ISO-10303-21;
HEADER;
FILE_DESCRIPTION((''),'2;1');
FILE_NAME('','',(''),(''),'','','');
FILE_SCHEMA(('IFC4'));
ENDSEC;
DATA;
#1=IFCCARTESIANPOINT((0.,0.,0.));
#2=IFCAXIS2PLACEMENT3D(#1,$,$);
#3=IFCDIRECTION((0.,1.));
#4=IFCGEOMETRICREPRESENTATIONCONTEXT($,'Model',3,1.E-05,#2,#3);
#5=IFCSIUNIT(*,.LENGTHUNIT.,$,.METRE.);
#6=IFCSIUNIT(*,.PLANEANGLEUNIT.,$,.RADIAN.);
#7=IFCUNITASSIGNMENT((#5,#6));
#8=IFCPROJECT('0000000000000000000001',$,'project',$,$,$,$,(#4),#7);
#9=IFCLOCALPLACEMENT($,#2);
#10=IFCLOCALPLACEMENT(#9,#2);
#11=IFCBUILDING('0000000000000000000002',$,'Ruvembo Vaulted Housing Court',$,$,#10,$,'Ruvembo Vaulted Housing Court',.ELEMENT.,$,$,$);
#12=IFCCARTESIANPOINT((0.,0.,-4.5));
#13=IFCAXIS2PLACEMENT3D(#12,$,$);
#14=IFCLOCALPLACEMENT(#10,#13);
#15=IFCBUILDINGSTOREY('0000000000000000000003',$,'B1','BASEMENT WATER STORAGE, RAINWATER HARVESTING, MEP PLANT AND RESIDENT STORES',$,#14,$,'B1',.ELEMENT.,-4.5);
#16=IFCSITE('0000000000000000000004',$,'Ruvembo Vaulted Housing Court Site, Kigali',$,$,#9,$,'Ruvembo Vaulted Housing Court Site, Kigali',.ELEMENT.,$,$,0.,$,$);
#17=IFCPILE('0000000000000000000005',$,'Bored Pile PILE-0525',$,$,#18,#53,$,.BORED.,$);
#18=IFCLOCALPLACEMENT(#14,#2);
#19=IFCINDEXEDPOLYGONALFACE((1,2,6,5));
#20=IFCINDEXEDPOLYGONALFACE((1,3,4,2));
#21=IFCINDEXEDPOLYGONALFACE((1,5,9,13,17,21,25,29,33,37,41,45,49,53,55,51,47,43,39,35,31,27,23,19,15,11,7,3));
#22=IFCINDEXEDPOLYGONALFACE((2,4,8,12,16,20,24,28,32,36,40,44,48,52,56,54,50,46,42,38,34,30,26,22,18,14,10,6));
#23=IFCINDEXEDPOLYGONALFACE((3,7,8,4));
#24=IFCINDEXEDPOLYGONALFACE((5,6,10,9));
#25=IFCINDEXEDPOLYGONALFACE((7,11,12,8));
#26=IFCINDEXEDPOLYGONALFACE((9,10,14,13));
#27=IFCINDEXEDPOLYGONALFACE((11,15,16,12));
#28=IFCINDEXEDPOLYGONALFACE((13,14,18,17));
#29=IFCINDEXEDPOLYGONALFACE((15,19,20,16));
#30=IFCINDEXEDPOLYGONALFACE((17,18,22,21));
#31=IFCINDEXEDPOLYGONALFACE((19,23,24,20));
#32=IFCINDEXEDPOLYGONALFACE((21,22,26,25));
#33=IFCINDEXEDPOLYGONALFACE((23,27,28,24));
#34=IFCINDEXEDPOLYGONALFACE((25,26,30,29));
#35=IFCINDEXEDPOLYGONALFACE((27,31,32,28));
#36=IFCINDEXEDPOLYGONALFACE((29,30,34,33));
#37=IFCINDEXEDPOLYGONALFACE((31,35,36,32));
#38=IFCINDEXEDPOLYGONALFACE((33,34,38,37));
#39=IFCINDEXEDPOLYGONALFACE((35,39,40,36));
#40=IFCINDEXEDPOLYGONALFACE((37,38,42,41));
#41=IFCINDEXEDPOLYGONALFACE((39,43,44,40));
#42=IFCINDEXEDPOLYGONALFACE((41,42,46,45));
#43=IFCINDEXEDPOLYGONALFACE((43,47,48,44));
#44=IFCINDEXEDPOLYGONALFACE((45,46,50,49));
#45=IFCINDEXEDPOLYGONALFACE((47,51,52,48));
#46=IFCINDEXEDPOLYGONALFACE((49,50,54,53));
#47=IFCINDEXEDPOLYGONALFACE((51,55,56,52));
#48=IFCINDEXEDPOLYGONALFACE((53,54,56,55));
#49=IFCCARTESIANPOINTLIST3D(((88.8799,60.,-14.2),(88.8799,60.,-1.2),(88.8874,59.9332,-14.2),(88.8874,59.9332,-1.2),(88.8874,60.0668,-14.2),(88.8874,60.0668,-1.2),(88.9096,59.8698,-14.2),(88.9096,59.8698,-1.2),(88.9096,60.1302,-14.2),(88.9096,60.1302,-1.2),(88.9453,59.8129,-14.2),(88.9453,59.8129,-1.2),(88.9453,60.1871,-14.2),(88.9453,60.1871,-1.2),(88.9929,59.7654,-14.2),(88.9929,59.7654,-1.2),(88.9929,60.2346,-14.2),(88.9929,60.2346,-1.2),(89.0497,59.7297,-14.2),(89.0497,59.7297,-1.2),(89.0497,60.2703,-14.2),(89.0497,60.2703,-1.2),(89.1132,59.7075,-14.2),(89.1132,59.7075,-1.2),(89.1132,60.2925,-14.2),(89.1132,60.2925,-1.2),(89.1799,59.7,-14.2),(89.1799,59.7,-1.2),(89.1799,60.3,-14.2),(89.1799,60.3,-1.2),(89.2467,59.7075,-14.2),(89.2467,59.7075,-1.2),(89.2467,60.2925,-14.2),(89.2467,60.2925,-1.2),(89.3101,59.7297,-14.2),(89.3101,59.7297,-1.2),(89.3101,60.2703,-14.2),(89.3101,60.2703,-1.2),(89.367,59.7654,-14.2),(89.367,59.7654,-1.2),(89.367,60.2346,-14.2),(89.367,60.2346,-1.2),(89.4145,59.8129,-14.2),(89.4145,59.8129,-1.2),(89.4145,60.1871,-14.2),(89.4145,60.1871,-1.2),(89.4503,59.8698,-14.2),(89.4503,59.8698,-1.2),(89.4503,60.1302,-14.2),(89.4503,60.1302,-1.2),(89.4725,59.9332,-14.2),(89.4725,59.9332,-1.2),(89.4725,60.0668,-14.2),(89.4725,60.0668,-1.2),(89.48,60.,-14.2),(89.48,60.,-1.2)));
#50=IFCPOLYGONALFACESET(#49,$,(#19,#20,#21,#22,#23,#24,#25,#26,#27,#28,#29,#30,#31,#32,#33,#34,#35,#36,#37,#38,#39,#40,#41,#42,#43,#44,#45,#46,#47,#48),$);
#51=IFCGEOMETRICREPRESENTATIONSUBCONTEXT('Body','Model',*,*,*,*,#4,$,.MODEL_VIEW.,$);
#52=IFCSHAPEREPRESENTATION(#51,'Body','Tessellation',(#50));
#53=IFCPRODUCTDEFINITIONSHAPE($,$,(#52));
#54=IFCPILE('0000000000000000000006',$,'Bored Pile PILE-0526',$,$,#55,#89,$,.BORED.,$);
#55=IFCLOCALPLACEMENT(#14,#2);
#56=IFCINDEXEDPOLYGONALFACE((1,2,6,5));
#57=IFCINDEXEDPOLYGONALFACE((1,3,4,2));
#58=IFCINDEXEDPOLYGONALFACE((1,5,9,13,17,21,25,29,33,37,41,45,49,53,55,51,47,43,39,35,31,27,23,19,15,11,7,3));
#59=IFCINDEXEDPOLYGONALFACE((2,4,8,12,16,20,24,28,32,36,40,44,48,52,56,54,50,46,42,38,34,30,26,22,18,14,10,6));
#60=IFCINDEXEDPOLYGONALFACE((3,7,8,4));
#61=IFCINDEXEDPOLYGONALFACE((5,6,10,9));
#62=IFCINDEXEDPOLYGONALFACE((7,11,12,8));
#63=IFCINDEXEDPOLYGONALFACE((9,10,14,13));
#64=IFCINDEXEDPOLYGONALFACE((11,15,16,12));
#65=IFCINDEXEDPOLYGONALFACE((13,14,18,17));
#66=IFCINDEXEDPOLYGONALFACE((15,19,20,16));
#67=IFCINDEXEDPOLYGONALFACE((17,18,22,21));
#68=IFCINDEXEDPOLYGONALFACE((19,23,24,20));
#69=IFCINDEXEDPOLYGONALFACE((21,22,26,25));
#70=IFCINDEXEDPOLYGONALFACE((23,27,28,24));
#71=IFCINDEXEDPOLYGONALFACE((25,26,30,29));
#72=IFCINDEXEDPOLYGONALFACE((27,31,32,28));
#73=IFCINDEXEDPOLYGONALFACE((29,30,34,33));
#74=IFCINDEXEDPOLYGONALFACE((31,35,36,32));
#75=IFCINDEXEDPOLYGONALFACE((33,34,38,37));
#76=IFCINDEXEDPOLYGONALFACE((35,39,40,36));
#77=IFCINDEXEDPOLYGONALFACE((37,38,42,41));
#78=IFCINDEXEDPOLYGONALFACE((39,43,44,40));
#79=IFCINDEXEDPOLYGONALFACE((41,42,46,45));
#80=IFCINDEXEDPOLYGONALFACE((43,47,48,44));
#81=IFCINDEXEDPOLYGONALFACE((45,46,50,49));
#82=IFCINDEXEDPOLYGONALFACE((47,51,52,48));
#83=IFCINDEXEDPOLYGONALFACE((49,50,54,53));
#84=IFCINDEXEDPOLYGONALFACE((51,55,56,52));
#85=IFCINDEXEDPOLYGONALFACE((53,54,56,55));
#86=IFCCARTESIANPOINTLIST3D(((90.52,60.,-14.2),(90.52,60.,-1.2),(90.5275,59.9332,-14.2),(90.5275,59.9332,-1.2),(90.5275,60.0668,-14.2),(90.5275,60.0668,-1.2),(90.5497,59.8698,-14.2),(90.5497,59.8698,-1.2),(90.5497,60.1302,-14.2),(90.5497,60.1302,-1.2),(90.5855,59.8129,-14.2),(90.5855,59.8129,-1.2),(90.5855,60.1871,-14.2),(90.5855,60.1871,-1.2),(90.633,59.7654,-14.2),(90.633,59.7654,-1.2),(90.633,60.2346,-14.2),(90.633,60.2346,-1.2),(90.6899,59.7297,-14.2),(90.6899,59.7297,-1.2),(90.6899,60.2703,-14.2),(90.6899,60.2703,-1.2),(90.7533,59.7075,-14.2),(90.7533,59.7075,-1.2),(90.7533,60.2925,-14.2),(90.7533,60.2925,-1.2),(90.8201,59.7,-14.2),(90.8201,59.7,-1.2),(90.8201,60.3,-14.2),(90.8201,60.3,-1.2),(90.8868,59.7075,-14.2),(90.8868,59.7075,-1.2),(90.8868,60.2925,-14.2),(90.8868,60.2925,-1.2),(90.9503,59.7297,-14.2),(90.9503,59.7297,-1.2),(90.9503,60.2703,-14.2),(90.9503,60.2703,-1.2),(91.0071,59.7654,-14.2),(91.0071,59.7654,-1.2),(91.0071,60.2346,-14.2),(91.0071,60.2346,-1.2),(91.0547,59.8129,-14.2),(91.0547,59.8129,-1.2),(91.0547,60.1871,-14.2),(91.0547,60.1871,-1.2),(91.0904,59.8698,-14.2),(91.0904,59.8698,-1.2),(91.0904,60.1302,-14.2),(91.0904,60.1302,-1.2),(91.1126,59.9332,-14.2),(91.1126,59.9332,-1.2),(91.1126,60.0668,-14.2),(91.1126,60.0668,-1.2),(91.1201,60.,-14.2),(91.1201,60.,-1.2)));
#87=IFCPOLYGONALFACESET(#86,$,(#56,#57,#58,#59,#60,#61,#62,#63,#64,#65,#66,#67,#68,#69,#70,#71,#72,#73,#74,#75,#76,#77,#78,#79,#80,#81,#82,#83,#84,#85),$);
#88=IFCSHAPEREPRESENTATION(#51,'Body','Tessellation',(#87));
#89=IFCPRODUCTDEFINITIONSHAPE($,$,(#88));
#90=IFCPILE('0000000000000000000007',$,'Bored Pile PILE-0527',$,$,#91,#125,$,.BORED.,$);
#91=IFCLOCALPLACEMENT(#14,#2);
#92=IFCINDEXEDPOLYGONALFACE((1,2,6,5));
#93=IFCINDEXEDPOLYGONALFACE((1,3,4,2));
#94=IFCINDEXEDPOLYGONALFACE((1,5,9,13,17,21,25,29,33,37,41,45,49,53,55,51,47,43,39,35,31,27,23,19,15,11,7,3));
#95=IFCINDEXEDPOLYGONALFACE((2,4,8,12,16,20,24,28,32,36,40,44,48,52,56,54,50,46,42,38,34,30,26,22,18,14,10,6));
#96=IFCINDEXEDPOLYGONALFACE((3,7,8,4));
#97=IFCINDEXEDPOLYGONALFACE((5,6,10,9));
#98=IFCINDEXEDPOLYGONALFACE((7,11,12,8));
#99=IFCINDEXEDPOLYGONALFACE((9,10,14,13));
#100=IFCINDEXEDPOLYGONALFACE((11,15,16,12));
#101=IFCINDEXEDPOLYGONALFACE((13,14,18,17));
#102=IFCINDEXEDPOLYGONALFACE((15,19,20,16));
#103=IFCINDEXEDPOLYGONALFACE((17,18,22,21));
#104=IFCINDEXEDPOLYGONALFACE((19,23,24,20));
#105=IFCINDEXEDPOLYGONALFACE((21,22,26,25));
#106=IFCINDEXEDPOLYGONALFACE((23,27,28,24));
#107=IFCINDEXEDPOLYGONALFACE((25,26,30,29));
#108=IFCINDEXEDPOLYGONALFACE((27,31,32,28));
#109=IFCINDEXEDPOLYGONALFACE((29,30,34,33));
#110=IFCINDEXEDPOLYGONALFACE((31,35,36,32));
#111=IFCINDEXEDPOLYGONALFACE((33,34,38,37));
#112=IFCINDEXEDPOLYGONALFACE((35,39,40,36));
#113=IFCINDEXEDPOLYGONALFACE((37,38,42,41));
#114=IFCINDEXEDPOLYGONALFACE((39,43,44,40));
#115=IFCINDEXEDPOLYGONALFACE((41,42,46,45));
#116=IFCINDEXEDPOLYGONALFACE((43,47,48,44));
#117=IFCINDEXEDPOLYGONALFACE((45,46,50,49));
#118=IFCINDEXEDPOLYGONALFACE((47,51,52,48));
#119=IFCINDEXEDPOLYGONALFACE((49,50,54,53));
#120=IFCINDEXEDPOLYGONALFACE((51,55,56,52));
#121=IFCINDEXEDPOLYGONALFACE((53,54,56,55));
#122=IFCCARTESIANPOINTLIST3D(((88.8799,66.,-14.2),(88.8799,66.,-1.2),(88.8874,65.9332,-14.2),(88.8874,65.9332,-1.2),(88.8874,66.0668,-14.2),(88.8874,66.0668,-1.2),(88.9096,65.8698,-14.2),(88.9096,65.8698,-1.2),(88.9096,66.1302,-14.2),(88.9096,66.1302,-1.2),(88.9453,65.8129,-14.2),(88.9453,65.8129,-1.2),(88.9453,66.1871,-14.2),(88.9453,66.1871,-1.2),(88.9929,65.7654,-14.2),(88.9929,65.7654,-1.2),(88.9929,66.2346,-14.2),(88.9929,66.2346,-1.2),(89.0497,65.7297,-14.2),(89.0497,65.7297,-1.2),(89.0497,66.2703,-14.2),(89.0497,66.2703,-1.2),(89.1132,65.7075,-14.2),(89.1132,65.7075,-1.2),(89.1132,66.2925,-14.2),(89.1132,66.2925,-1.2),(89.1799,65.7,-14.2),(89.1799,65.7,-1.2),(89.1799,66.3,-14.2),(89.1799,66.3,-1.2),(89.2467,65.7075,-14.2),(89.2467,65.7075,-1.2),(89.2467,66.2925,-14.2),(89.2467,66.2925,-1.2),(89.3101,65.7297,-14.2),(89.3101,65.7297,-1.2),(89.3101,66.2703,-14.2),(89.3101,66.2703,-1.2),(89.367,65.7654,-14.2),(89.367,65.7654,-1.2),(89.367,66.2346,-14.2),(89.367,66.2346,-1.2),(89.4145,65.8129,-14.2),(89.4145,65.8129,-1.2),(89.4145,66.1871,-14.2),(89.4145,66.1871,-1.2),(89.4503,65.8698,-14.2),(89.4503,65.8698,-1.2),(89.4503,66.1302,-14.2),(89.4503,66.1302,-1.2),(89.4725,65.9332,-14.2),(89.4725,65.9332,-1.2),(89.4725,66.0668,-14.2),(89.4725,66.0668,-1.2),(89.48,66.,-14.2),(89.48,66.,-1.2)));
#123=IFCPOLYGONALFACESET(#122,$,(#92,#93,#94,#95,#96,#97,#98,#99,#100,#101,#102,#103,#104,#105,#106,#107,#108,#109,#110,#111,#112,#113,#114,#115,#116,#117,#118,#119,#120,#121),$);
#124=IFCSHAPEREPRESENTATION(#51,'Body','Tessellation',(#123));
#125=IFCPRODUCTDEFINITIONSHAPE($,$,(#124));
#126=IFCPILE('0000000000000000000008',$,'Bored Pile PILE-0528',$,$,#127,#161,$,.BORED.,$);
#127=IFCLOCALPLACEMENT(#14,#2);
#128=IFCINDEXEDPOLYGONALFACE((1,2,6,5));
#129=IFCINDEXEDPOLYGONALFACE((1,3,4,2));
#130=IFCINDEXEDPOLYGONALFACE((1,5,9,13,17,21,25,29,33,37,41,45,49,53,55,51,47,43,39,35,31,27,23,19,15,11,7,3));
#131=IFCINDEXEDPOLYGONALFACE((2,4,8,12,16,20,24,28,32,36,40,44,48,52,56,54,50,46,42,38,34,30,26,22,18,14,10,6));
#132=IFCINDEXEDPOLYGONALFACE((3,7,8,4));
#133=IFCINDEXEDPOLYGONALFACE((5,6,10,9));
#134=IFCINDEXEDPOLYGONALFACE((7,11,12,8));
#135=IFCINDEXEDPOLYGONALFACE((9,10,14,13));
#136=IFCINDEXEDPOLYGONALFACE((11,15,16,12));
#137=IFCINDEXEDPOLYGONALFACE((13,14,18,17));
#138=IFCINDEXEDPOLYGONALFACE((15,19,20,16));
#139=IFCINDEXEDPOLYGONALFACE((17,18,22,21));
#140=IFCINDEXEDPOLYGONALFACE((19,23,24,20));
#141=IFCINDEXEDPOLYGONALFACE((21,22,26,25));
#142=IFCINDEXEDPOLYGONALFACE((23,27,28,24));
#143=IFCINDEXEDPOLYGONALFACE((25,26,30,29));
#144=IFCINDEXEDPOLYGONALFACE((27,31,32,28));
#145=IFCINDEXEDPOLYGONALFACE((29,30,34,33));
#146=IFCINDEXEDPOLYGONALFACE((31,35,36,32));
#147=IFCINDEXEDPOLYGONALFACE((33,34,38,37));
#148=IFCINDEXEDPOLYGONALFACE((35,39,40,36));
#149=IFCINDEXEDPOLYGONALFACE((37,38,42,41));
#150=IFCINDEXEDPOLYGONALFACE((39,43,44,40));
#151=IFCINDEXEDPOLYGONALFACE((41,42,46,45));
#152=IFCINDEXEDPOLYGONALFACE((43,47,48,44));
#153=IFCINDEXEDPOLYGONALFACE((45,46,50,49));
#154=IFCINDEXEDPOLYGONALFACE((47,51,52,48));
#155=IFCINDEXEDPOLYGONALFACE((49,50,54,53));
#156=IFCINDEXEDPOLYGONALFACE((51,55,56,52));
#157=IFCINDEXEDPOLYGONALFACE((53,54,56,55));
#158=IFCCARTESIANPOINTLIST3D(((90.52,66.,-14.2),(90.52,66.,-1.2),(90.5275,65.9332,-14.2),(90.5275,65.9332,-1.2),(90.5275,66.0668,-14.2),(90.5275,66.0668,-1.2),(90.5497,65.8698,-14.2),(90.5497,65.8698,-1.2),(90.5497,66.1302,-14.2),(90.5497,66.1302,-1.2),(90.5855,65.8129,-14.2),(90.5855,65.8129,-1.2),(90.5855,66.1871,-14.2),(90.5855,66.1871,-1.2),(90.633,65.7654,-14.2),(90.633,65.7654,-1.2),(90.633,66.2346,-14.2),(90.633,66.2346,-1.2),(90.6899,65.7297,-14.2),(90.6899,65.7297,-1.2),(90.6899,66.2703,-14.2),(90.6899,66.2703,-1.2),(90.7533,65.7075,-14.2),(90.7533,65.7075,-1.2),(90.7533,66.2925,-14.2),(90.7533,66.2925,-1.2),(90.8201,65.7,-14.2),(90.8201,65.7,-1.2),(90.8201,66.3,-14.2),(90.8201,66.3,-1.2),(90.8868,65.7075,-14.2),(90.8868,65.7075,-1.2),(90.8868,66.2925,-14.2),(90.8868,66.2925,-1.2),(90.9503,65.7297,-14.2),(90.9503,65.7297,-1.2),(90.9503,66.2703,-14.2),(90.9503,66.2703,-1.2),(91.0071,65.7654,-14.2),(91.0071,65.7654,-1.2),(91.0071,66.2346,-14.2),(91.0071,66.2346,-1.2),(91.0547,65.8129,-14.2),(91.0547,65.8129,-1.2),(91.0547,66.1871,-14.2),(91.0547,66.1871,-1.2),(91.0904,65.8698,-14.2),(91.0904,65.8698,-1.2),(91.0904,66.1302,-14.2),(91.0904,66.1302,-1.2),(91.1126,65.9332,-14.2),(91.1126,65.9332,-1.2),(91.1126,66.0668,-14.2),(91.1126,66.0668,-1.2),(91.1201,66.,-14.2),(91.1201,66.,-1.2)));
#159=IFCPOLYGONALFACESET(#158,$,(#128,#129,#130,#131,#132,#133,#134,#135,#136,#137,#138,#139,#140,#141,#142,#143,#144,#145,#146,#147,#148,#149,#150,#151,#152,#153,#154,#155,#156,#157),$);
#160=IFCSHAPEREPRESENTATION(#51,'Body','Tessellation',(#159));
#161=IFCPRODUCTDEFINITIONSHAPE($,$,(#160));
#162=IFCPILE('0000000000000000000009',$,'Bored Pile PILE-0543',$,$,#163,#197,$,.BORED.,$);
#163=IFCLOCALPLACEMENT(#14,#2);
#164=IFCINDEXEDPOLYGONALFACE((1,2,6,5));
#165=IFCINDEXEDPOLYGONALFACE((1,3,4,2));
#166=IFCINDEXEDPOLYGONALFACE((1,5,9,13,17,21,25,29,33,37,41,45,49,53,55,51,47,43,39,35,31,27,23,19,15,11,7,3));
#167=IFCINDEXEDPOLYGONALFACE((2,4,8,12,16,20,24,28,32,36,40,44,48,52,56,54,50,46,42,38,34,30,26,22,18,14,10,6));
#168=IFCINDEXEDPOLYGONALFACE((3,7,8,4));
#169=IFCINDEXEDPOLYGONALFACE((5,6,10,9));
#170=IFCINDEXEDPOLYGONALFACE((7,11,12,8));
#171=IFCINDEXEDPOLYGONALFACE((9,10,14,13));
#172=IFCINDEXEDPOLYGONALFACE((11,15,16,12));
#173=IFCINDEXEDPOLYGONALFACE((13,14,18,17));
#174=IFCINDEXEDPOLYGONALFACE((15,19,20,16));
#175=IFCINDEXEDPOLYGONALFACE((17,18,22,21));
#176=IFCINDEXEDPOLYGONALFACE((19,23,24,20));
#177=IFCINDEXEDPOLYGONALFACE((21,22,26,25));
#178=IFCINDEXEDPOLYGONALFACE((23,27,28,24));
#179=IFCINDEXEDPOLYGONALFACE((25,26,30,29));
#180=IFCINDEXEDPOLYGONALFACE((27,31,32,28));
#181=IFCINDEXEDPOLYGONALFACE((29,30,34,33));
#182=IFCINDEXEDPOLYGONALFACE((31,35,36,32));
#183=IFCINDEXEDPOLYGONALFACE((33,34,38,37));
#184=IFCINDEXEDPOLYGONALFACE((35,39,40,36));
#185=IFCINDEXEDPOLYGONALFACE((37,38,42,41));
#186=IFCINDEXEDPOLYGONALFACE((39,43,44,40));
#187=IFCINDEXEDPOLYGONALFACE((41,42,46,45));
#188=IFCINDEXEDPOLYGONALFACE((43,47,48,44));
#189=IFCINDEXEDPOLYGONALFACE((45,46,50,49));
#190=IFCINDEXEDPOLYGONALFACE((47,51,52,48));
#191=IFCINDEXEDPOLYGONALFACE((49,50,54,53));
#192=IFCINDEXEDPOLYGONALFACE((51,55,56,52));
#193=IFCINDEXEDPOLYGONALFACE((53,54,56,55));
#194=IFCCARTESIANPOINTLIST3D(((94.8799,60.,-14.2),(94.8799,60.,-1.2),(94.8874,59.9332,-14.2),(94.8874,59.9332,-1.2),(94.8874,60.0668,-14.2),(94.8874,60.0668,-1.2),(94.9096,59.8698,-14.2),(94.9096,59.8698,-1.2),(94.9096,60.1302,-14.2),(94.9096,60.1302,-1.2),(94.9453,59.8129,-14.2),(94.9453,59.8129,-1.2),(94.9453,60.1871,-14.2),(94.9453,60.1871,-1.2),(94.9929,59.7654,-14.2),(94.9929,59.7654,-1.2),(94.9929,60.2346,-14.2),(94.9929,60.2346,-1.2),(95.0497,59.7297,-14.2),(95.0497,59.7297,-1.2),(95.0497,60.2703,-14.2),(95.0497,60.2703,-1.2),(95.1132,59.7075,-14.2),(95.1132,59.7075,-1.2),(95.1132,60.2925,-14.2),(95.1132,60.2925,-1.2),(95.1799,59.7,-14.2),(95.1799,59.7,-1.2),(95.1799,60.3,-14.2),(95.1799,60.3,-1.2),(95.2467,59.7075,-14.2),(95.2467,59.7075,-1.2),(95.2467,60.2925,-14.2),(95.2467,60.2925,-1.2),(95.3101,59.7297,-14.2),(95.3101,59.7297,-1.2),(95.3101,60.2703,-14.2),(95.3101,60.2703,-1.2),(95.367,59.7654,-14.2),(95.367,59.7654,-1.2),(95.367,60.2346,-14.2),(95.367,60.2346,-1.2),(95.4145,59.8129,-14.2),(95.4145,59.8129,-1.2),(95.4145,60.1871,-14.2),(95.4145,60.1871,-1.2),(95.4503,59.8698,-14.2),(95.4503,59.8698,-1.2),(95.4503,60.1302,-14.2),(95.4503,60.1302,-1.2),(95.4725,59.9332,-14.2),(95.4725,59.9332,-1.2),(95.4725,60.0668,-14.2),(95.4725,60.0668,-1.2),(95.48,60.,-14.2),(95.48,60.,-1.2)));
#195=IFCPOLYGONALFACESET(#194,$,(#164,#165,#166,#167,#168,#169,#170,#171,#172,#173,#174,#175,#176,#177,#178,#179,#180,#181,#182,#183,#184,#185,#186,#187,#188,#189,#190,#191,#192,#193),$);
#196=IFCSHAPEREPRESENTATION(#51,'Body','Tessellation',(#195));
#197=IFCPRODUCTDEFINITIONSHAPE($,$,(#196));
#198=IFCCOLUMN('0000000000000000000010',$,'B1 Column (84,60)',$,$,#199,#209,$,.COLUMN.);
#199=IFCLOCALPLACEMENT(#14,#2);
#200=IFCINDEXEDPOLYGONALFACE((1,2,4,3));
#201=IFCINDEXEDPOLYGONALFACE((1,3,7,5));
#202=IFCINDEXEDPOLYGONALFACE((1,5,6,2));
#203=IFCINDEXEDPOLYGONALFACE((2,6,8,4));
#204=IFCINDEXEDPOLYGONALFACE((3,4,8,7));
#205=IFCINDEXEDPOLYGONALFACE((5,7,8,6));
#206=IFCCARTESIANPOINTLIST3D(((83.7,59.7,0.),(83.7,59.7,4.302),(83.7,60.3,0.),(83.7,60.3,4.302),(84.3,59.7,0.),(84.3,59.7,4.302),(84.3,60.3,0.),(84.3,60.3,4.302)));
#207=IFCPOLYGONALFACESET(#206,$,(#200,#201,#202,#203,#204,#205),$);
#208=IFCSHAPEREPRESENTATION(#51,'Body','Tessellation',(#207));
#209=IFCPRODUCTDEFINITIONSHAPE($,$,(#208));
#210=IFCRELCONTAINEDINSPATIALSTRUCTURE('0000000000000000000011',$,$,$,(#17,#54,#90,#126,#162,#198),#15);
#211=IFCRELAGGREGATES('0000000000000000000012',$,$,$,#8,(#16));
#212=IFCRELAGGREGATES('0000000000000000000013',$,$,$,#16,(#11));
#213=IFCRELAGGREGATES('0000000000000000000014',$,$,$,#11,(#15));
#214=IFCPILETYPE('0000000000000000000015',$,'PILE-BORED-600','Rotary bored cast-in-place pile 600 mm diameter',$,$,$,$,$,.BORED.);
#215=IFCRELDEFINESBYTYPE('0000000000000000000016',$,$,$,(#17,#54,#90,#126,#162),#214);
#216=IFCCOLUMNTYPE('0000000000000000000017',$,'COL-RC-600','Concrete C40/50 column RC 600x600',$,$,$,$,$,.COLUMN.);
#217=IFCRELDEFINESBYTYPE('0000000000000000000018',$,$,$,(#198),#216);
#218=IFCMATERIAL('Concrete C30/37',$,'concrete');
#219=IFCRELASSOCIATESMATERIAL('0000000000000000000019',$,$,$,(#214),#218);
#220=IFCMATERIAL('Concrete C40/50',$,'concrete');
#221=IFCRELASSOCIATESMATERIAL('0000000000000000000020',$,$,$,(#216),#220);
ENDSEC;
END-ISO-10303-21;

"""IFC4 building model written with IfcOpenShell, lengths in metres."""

from ifc_helpers import new_model, si_unit, direction, frame, origin, origin_2d, place, context, subcontext, project, spatial, rectangle, circle, extrude, material, material_profile, profile_set, type_object, element, save


model = new_model("IFC4")

# Units and contexts
model_context = context("Model", 3, precision=1e-05, world=origin(), true_north=direction((0.0, 1.0)))
body_context = subcontext(model_context, "Body", "Model", "MODEL_VIEW")
ifc_project = project(units=[si_unit("LENGTHUNIT", "METRE"), si_unit("PLANEANGLEUNIT", "RADIAN")], contexts=[model_context])

# Site, building, storey
site_placement = place(None, origin())
site = spatial("IfcSite", under=ifc_project, at=site_placement, Name="Ruvembo Vaulted Housing Court Site, Kigali", LongName="Ruvembo Vaulted Housing Court Site, Kigali", CompositionType="ELEMENT", RefElevation=0.0)
building_placement = place(site_placement, origin())
building = spatial("IfcBuilding", under=site, at=building_placement, Name="Ruvembo Vaulted Housing Court", LongName="Ruvembo Vaulted Housing Court", CompositionType="ELEMENT")
storey_placement = place(building_placement, frame((0.0, 0.0, -4.5)))
storey = spatial("IfcBuildingStorey", under=building, at=storey_placement, Name="B1", Description="BASEMENT WATER STORAGE, RAINWATER HARVESTING, MEP PLANT AND RESIDENT STORES", LongName="B1", CompositionType="ELEMENT", Elevation=-4.5)

# Piles
ifc_material_1 = material(Name="Concrete C30/37", Category="concrete")
ifc_material_profile_1 = material_profile(ifc_material_1, circle(Radius=0.3, at=origin_2d()), Name="PILE D600")
ifc_profile_set_1 = profile_set([ifc_material_profile_1], Name="Concrete C30/37")
pile_type = type_object("IfcPileType", Name="PILE-BORED-600", Description="Rotary bored cast-in-place pile 600 mm diameter", PredefinedType="BORED", material=ifc_profile_set_1)
for number, where, z_axis, x_axis, name in (
    (1, (89.1799, 60.0, -1.2), (0.0, 0.0, -1.0), (1.0, 0.0, 0.0), "Bored Pile PILE-0525"),
    (2, (90.8201, 60.0, -1.2), (0.0, 0.0, -1.0), (1.0, 0.0, 0.0), "Bored Pile PILE-0526"),
    (3, (89.1799, 66.0, -1.2), (0.0, 0.0, -1.0), (1.0, 0.0, 0.0), "Bored Pile PILE-0527"),
    (4, (90.8201, 66.0, -1.2), (0.0, 0.0, -1.0), (1.0, 0.0, 0.0), "Bored Pile PILE-0528"),
    (5, (95.1799, 60.0, -1.2), (0.0, 0.0, -1.0), (1.0, 0.0, 0.0), "Bored Pile PILE-0543"),
):
    element("IfcPile", number, at=place(storey_placement, frame(where, z_axis=z_axis, x_axis=x_axis)), inside=storey, type_object=pile_type, Name=name, PredefinedType="BORED", context=body_context, shape_type="SweptSolid", body=[
        extrude(circle(Radius=0.3, at=origin_2d()), origin(), (0.0, 0.0, 1.0), 13.0),
    ])

# Column
ifc_material_2 = material(Name="Concrete C40/50", Category="concrete")
ifc_material_profile_2 = material_profile(ifc_material_2, rectangle(XDim=0.6001, YDim=0.6001, at=origin_2d()), Name="RC 600x600")
ifc_profile_set_2 = profile_set([ifc_material_profile_2], Name="Concrete C40/50")
column_type = type_object("IfcColumnType", Name="COL-RC-600", Description="Concrete C40/50 column RC 600x600", PredefinedType="COLUMN", material=ifc_profile_set_2)
for number, where, z_axis, x_axis, name in (
    (6, (84.0, 60.0, 0.0), (0.0, 0.0, 1.0), (1.0, 0.0, 0.0), "B1 Column (84,60)"),
):
    element("IfcColumn", number, at=place(storey_placement, frame(where, z_axis=z_axis, x_axis=x_axis)), inside=storey, type_object=column_type, Name=name, PredefinedType="COLUMN", context=body_context, shape_type="SweptSolid", body=[
        extrude(rectangle(XDim=0.6001, YDim=0.6001, at=origin_2d()), origin(), (0.0, 0.0, 1.0), 4.302),
    ])

save(model, "model.ifc")
